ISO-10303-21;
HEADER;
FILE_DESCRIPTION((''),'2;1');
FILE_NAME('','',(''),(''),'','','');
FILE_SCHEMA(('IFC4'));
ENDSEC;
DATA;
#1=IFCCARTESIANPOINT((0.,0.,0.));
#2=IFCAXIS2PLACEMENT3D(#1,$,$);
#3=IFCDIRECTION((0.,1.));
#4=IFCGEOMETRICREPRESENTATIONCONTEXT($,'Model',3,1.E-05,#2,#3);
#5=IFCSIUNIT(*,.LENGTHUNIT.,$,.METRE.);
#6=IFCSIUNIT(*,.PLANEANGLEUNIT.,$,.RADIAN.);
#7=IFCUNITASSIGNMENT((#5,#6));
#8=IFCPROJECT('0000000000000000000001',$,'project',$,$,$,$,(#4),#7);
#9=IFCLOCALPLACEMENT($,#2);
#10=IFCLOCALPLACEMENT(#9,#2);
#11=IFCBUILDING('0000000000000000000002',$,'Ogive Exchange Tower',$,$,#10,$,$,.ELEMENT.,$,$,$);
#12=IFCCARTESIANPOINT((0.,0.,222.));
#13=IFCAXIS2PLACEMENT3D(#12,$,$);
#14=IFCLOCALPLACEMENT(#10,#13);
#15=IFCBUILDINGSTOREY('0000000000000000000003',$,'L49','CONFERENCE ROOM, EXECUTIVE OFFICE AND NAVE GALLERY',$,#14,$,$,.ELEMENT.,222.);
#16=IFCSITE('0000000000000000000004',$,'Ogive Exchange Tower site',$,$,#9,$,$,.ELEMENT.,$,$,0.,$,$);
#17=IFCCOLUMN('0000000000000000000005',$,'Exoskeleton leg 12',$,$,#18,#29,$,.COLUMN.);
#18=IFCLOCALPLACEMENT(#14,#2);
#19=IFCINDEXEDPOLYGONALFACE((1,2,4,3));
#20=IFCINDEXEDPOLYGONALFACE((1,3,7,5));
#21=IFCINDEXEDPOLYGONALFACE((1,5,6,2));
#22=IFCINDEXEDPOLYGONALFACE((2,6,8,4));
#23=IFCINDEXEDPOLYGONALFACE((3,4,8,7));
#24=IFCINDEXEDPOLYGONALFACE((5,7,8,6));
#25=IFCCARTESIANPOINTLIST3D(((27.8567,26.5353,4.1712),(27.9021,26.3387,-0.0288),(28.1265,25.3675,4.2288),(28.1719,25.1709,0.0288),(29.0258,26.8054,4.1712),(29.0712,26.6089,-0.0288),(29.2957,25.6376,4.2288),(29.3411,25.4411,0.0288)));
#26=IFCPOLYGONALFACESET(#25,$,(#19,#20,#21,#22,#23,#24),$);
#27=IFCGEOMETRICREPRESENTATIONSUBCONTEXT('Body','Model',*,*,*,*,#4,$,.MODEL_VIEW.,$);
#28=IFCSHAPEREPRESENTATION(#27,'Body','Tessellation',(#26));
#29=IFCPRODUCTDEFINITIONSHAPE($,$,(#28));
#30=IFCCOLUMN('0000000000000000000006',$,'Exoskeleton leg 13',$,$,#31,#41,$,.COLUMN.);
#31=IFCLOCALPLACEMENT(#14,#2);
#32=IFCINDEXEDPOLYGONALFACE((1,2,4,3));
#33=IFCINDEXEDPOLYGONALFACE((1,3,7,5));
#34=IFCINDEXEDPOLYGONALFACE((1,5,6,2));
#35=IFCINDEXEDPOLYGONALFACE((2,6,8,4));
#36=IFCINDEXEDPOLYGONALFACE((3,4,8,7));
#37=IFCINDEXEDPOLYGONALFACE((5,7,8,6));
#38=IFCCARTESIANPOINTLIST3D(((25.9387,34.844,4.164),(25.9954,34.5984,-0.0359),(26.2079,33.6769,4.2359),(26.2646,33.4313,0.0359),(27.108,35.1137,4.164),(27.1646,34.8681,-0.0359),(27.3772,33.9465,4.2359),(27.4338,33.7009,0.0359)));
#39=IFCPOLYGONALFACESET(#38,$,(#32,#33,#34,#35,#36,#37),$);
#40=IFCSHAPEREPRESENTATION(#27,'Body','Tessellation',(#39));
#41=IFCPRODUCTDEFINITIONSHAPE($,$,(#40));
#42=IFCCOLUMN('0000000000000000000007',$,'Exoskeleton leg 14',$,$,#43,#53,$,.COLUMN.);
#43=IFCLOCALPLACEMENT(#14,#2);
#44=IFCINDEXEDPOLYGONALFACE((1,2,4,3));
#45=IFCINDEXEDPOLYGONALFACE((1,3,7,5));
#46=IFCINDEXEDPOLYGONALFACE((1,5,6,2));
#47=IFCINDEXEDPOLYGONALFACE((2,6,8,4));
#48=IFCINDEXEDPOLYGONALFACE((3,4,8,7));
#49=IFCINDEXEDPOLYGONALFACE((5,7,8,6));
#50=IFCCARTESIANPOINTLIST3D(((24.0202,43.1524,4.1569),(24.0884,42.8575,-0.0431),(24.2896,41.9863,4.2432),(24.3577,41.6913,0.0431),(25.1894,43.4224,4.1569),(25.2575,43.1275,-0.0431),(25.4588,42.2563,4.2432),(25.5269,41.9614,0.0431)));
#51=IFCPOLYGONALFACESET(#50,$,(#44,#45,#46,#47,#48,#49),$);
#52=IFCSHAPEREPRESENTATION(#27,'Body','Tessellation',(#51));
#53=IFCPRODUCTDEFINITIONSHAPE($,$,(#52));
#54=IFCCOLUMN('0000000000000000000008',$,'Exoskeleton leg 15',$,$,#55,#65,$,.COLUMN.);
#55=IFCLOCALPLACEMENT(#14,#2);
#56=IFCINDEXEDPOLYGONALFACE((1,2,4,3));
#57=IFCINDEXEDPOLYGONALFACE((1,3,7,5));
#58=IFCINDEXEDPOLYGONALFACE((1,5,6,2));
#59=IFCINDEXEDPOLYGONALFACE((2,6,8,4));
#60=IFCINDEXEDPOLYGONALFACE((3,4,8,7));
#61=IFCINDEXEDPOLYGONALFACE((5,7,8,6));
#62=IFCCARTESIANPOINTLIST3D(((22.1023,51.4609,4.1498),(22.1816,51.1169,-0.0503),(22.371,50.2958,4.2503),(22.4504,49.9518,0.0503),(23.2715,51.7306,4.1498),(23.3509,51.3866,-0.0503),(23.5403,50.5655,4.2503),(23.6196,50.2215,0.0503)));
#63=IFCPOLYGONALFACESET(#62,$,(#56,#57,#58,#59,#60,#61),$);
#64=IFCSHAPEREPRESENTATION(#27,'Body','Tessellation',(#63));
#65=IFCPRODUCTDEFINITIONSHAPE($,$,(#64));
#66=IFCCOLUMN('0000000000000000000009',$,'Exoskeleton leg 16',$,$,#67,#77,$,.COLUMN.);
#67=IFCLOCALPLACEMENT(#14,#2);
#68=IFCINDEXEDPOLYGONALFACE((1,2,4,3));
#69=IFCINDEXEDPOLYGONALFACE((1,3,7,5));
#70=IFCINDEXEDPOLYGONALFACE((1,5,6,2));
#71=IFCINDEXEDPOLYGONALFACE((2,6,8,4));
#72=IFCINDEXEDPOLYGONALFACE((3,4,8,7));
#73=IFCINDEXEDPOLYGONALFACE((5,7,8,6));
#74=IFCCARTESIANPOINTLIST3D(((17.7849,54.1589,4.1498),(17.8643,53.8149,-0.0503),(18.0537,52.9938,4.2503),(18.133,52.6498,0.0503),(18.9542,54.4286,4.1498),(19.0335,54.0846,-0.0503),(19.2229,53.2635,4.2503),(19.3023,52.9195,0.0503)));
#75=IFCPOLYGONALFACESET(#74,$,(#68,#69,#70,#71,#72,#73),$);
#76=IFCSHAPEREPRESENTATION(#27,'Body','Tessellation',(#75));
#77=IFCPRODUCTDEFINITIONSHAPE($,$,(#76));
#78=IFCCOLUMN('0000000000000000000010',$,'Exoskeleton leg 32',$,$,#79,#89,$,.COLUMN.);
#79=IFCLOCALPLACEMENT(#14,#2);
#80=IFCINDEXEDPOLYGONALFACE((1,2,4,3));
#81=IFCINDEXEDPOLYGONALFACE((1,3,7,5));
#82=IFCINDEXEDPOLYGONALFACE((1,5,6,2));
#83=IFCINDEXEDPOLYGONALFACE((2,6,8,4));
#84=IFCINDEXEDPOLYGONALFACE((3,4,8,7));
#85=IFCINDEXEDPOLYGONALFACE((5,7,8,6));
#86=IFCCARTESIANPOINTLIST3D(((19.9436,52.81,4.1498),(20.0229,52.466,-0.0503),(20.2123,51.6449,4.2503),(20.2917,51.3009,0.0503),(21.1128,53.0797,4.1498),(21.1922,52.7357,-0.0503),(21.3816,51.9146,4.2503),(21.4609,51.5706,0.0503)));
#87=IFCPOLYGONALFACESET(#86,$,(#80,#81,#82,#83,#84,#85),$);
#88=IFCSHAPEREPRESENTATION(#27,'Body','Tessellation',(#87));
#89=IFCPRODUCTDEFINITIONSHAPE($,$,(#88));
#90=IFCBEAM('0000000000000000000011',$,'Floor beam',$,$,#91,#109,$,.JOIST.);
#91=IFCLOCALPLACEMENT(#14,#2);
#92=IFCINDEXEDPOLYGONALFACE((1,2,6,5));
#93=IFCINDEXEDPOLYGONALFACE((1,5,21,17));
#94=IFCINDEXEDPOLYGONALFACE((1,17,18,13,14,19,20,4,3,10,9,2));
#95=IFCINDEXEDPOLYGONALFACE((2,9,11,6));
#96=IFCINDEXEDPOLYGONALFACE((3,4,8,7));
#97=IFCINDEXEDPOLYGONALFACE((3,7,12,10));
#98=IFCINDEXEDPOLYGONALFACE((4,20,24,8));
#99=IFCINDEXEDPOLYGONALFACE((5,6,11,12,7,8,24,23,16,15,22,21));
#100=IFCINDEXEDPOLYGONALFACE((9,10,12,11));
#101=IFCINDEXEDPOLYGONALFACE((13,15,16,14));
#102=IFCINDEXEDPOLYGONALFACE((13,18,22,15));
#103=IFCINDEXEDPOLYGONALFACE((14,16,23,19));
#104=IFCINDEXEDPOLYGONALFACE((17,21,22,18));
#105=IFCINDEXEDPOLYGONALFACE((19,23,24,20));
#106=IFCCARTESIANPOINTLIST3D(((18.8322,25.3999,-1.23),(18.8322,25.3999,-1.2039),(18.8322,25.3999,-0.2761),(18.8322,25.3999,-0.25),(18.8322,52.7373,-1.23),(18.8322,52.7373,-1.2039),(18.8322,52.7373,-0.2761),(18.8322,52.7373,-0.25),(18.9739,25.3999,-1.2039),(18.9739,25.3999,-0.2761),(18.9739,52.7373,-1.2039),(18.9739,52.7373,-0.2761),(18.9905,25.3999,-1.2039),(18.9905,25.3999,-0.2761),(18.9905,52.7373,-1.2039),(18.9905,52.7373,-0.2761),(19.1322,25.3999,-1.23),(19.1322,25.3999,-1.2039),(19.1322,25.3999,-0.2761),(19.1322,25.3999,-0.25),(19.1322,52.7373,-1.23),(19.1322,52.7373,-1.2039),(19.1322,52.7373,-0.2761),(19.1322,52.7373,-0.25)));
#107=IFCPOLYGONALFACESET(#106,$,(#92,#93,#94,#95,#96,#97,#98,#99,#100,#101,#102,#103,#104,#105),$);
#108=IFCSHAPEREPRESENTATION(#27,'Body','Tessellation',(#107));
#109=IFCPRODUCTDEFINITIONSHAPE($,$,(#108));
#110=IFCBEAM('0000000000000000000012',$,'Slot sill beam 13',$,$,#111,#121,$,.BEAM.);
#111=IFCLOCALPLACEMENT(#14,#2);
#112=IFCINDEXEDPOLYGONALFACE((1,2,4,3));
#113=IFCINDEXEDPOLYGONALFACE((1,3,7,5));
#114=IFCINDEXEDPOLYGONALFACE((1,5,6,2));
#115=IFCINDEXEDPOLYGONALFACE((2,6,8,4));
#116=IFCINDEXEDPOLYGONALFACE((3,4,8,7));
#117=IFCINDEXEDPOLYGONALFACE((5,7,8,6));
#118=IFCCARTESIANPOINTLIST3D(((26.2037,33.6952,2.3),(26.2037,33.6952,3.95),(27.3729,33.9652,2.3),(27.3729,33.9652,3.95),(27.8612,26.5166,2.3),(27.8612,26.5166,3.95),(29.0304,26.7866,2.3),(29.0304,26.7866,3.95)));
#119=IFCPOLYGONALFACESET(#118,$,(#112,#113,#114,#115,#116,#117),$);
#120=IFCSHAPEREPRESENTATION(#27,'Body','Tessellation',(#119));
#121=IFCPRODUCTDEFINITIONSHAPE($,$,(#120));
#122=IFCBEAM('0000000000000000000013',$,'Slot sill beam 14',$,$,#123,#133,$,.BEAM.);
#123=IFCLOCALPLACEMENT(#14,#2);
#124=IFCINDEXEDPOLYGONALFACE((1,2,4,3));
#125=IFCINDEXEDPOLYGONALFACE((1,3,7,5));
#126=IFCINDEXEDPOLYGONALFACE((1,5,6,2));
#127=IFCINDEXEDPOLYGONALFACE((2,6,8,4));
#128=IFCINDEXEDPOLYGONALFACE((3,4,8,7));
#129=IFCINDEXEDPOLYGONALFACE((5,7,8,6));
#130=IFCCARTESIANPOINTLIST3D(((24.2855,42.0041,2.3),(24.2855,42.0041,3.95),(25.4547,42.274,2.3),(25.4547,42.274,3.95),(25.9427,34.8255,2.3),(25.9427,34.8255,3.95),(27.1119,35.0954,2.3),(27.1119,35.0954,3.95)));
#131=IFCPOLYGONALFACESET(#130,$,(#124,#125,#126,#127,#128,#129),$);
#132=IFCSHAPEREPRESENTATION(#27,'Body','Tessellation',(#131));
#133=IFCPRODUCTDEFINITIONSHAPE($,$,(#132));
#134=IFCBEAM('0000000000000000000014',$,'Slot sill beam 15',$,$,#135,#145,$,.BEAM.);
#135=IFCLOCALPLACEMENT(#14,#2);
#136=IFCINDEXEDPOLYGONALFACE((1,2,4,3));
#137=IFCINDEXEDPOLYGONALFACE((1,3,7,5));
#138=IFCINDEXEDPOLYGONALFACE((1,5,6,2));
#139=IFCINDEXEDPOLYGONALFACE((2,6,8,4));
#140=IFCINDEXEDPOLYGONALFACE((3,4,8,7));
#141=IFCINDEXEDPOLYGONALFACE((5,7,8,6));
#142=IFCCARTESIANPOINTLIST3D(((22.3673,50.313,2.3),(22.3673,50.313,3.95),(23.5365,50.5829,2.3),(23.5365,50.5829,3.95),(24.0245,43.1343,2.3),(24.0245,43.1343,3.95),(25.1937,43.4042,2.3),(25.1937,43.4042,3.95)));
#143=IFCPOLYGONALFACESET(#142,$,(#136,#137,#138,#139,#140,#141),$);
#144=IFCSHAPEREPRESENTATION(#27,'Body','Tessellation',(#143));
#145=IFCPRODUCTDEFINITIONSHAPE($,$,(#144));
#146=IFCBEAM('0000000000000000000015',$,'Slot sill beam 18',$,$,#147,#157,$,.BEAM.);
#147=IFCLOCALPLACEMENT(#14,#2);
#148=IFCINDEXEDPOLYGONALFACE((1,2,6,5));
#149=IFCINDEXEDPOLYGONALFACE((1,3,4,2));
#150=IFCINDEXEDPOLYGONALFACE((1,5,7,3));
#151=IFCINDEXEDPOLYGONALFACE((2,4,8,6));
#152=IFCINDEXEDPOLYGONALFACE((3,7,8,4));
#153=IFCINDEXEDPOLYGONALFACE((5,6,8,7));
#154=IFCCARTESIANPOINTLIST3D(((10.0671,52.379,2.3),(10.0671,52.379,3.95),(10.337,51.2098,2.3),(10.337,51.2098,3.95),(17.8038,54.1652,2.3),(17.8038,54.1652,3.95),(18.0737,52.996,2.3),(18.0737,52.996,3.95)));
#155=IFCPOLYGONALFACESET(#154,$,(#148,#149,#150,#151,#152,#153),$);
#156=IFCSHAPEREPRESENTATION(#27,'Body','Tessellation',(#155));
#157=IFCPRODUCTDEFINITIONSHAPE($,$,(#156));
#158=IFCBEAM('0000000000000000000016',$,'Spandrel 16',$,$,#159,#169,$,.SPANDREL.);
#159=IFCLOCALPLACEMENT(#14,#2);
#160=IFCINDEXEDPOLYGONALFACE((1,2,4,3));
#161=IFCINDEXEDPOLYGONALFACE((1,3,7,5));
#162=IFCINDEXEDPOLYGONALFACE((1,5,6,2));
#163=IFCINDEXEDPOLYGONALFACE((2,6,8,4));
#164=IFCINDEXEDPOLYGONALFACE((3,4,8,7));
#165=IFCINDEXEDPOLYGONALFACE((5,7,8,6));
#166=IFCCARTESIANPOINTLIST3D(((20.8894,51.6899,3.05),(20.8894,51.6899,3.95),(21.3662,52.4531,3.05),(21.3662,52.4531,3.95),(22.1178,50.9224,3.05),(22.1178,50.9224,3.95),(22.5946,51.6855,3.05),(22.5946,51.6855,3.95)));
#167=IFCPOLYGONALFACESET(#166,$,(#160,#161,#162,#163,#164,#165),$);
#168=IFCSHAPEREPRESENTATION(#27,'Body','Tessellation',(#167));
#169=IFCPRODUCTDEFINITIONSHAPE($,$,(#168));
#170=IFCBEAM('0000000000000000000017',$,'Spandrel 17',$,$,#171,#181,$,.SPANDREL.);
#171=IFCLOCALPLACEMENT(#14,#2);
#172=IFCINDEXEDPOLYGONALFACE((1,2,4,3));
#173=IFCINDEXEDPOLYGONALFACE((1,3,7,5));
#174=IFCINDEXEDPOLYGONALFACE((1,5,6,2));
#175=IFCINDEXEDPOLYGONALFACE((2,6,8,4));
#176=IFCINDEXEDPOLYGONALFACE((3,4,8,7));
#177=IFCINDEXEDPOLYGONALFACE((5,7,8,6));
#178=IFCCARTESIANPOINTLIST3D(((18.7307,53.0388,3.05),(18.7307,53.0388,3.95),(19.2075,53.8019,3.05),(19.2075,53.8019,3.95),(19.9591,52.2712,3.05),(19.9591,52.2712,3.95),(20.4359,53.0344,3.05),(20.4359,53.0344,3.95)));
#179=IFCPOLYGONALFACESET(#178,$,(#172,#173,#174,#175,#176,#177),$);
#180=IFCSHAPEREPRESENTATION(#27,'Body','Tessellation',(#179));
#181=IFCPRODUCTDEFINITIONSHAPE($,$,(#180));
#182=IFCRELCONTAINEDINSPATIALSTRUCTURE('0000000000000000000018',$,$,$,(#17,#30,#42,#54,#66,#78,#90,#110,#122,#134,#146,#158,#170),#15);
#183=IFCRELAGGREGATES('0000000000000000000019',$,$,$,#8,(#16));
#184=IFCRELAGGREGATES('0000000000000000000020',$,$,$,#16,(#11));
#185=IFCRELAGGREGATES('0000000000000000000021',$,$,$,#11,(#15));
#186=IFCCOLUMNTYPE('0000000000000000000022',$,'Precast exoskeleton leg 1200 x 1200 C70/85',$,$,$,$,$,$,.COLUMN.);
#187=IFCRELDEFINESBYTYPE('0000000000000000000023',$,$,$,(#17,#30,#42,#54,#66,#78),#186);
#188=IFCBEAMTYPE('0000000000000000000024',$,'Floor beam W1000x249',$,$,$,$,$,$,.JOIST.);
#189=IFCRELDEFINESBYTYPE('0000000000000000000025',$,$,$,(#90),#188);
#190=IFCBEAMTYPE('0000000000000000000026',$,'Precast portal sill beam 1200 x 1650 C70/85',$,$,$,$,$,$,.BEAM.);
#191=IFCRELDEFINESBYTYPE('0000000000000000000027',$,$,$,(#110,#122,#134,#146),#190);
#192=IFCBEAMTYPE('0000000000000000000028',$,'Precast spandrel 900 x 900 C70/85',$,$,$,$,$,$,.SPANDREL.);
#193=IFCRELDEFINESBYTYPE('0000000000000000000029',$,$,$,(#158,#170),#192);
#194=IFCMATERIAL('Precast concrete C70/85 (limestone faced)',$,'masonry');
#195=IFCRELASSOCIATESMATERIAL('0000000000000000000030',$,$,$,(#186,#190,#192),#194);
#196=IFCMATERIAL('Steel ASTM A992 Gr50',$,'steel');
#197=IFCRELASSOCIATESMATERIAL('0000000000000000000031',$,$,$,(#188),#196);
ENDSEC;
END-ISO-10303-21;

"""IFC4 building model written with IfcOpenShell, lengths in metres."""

from ifc_helpers import new_model, si_unit, direction, frame, origin, origin_2d, place, context, subcontext, project, spatial, rectangle, i_section, extrude, material, material_profile, profile_set, type_object, element, save


model = new_model("IFC4")

# Units and contexts
model_context = context("Model", 3, precision=1e-05, world=origin(), true_north=direction((0.0, 1.0)))
body_context = subcontext(model_context, "Body", "Model", "MODEL_VIEW")
ifc_project = project(units=[si_unit("LENGTHUNIT", "METRE"), si_unit("PLANEANGLEUNIT", "RADIAN")], contexts=[model_context])

# Site, building, storey
site_placement = place(None, origin())
site = spatial("IfcSite", under=ifc_project, at=site_placement, Name="Ogive Exchange Tower site", CompositionType="ELEMENT", RefElevation=0.0)
building_placement = place(site_placement, origin())
building = spatial("IfcBuilding", under=site, at=building_placement, Name="Ogive Exchange Tower", CompositionType="ELEMENT")
storey_placement = place(building_placement, frame((0.0, 0.0, 222.0)))
storey = spatial("IfcBuildingStorey", under=building, at=storey_placement, Name="L49", Description="CONFERENCE ROOM, EXECUTIVE OFFICE AND NAVE GALLERY", CompositionType="ELEMENT", Elevation=222.0)

# Columns
ifc_material_1 = material(Name="Precast concrete C70/85 (limestone faced)", Category="masonry")
ifc_material_profile_1 = material_profile(ifc_material_1, rectangle(XDim=1.2, YDim=1.2, at=origin_2d()), Name="1200 x 1200")
ifc_profile_set_1 = profile_set([ifc_material_profile_1], Name="Precast concrete C70/85 (limestone faced)")
column_type = type_object("IfcColumnType", Name="Precast exoskeleton leg 1200 x 1200 C70/85", PredefinedType="COLUMN", material=ifc_profile_set_1)
column_1_placement = place(storey_placement, frame((28.6216, 25.8899, 0.0), z_axis=(-0.0108, 0.04674, 0.998849), x_axis=(-0.97433, -0.225125, 0.0)))
element("IfcColumn", 1, at=column_1_placement, inside=storey, type_object=column_type, Name="Exoskeleton leg 12", PredefinedType="COLUMN", context=body_context, shape_type="SweptSolid", body=[
    extrude(rectangle(XDim=1.2, YDim=1.2, at=origin_2d()), origin(), (0.0, 0.0, 1.0), 4.2048),
])
column_2_placement = place(storey_placement, frame((26.7146, 34.1497, 0.0), z_axis=(-0.013462, 0.058373, 0.998204), x_axis=(-0.974424, -0.224718, 0.0)))
element("IfcColumn", 2, at=column_2_placement, inside=storey, type_object=column_type, Name="Exoskeleton leg 13", PredefinedType="COLUMN", context=body_context, shape_type="SweptSolid", body=[
    extrude(rectangle(XDim=1.2, YDim=1.2, at=origin_2d()), origin(), (0.0, 0.0, 1.0), 4.2075),
])
column_3_placement = place(storey_placement, frame((24.8076, 42.4094, 0.0), z_axis=(-0.016176, 0.070039, 0.997413), x_axis=(-0.97435, -0.225036, 0.0)))
element("IfcColumn", 3, at=column_3_placement, inside=storey, type_object=column_type, Name="Exoskeleton leg 14", PredefinedType="COLUMN", context=body_context, shape_type="SweptSolid", body=[
    extrude(rectangle(XDim=1.2, YDim=1.2, at=origin_2d()), origin(), (0.0, 0.0, 1.0), 4.2109),
])
for number, where, z_axis, x_axis, name in (
    (4, (22.9006, 50.6692, 0.0), (-0.018826, 0.081617, 0.996486), (-0.974415, -0.224758, 0.0), "Exoskeleton leg 15"),
    (5, (18.5833, 53.3672, 0.0), (-0.018826, 0.081617, 0.996486), (-0.974415, -0.224758, 0.0), "Exoskeleton leg 16"),
    (6, (20.7419, 52.0183, 0.0), (-0.018826, 0.081617, 0.996486), (-0.974415, -0.224758, 0.0), "Exoskeleton leg 32"),
):
    element("IfcColumn", number, at=place(storey_placement, frame(where, z_axis=z_axis, x_axis=x_axis)), inside=storey, type_object=column_type, Name=name, PredefinedType="COLUMN", context=body_context, shape_type="SweptSolid", body=[
        extrude(rectangle(XDim=1.2, YDim=1.2, at=origin_2d()), origin(), (0.0, 0.0, 1.0), 4.2148),
    ])

# Beams
ifc_material_2 = material(Name="Steel ASTM A992 Gr50", Category="steel")
ifc_material_profile_2 = material_profile(ifc_material_2, i_section(OverallWidth=0.3, OverallDepth=0.98, WebThickness=0.0166, FlangeThickness=0.0261, at=origin_2d()), Name="W1000x249")
ifc_profile_set_2 = profile_set([ifc_material_profile_2], Name="Steel ASTM A992 Gr50")
beam_type_1 = type_object("IfcBeamType", Name="Floor beam W1000x249", PredefinedType="JOIST", material=ifc_profile_set_2)
beam_1_placement = place(storey_placement, frame((18.9822, 25.3999, -0.74), z_axis=(0.0, 1.0, 0.0), x_axis=(-1.0, 0.0, 0.0)))
element("IfcBeam", 7, at=beam_1_placement, inside=storey, type_object=beam_type_1, Name="Floor beam", PredefinedType="JOIST", context=body_context, shape_type="SweptSolid", body=[
    extrude(i_section(OverallWidth=0.3, OverallDepth=0.98, WebThickness=0.0166, FlangeThickness=0.0261, at=origin_2d()), origin(), (0.0, 0.0, 1.0), 27.3374),
])
ifc_material_profile_3 = material_profile(ifc_material_1, rectangle(XDim=1.2, YDim=1.6499, at=origin_2d()), Name="1200 x 1650")
ifc_profile_set_3 = profile_set([ifc_material_profile_3], Name="Precast concrete C70/85 (limestone faced)")
beam_type_2 = type_object("IfcBeamType", Name="Precast portal sill beam 1200 x 1650 C70/85", PredefinedType="BEAM", material=ifc_profile_set_3)
for number, where, z_axis, x_axis, name in (
    (8, (28.4458, 26.6516, 3.125), (-0.224976, 0.974364, 0.0), (-0.974364, -0.224976, 0.0), "Slot sill beam 13"),
    (9, (26.5273, 34.9604, 3.125), (-0.224937, 0.974373, 0.0), (-0.974373, -0.224937, 0.0), "Slot sill beam 14"),
    (10, (24.6091, 43.2693, 3.125), (-0.224937, 0.974373, 0.0), (-0.974373, -0.224937, 0.0), "Slot sill beam 15"),
):
    element("IfcBeam", number, at=place(storey_placement, frame(where, z_axis=z_axis, x_axis=x_axis)), inside=storey, type_object=beam_type_2, Name=name, PredefinedType="BEAM", context=body_context, shape_type="SweptSolid", body=[
        extrude(rectangle(XDim=1.2, YDim=1.6499, at=origin_2d()), origin(), (0.0, 0.0, 1.0), 7.3674),
    ])
beam_2_placement = place(storey_placement, frame((17.9387, 53.5806, 3.125), z_axis=(-0.97437, -0.224952, 0.0), x_axis=(0.224952, -0.97437, 0.0)))
element("IfcBeam", 11, at=beam_2_placement, inside=storey, type_object=beam_type_2, Name="Slot sill beam 18", PredefinedType="BEAM", context=body_context, shape_type="SweptSolid", body=[
    extrude(rectangle(XDim=1.2, YDim=1.6499, at=origin_2d()), origin(), (0.0, 0.0, 1.0), 7.9402),
])
ifc_material_profile_4 = material_profile(ifc_material_1, rectangle(XDim=0.8999, YDim=0.8999, at=origin_2d()), Name="900 x 900")
ifc_profile_set_4 = profile_set([ifc_material_profile_4], Name="Precast concrete C70/85 (limestone faced)")
beam_type_3 = type_object("IfcBeamType", Name="Precast spandrel 900 x 900 C70/85", PredefinedType="SPANDREL", material=ifc_profile_set_4)
for number, where, z_axis, x_axis, name in (
    (12, (22.3562, 51.304, 3.5), (-0.848074, 0.529878, 0.0), (-0.529878, -0.848074, 0.0), "Spandrel 16"),
    (13, (20.1975, 52.6528, 3.5), (-0.848074, 0.529878, 0.0), (-0.529878, -0.848074, 0.0), "Spandrel 17"),
):
    element("IfcBeam", number, at=place(storey_placement, frame(where, z_axis=z_axis, x_axis=x_axis)), inside=storey, type_object=beam_type_3, Name=name, PredefinedType="SPANDREL", context=body_context, shape_type="SweptSolid", body=[
        extrude(rectangle(XDim=0.8999, YDim=0.8999, at=origin_2d()), origin(), (0.0, 0.0, 1.0), 1.4485),
    ])

save(model, "model.ifc")
